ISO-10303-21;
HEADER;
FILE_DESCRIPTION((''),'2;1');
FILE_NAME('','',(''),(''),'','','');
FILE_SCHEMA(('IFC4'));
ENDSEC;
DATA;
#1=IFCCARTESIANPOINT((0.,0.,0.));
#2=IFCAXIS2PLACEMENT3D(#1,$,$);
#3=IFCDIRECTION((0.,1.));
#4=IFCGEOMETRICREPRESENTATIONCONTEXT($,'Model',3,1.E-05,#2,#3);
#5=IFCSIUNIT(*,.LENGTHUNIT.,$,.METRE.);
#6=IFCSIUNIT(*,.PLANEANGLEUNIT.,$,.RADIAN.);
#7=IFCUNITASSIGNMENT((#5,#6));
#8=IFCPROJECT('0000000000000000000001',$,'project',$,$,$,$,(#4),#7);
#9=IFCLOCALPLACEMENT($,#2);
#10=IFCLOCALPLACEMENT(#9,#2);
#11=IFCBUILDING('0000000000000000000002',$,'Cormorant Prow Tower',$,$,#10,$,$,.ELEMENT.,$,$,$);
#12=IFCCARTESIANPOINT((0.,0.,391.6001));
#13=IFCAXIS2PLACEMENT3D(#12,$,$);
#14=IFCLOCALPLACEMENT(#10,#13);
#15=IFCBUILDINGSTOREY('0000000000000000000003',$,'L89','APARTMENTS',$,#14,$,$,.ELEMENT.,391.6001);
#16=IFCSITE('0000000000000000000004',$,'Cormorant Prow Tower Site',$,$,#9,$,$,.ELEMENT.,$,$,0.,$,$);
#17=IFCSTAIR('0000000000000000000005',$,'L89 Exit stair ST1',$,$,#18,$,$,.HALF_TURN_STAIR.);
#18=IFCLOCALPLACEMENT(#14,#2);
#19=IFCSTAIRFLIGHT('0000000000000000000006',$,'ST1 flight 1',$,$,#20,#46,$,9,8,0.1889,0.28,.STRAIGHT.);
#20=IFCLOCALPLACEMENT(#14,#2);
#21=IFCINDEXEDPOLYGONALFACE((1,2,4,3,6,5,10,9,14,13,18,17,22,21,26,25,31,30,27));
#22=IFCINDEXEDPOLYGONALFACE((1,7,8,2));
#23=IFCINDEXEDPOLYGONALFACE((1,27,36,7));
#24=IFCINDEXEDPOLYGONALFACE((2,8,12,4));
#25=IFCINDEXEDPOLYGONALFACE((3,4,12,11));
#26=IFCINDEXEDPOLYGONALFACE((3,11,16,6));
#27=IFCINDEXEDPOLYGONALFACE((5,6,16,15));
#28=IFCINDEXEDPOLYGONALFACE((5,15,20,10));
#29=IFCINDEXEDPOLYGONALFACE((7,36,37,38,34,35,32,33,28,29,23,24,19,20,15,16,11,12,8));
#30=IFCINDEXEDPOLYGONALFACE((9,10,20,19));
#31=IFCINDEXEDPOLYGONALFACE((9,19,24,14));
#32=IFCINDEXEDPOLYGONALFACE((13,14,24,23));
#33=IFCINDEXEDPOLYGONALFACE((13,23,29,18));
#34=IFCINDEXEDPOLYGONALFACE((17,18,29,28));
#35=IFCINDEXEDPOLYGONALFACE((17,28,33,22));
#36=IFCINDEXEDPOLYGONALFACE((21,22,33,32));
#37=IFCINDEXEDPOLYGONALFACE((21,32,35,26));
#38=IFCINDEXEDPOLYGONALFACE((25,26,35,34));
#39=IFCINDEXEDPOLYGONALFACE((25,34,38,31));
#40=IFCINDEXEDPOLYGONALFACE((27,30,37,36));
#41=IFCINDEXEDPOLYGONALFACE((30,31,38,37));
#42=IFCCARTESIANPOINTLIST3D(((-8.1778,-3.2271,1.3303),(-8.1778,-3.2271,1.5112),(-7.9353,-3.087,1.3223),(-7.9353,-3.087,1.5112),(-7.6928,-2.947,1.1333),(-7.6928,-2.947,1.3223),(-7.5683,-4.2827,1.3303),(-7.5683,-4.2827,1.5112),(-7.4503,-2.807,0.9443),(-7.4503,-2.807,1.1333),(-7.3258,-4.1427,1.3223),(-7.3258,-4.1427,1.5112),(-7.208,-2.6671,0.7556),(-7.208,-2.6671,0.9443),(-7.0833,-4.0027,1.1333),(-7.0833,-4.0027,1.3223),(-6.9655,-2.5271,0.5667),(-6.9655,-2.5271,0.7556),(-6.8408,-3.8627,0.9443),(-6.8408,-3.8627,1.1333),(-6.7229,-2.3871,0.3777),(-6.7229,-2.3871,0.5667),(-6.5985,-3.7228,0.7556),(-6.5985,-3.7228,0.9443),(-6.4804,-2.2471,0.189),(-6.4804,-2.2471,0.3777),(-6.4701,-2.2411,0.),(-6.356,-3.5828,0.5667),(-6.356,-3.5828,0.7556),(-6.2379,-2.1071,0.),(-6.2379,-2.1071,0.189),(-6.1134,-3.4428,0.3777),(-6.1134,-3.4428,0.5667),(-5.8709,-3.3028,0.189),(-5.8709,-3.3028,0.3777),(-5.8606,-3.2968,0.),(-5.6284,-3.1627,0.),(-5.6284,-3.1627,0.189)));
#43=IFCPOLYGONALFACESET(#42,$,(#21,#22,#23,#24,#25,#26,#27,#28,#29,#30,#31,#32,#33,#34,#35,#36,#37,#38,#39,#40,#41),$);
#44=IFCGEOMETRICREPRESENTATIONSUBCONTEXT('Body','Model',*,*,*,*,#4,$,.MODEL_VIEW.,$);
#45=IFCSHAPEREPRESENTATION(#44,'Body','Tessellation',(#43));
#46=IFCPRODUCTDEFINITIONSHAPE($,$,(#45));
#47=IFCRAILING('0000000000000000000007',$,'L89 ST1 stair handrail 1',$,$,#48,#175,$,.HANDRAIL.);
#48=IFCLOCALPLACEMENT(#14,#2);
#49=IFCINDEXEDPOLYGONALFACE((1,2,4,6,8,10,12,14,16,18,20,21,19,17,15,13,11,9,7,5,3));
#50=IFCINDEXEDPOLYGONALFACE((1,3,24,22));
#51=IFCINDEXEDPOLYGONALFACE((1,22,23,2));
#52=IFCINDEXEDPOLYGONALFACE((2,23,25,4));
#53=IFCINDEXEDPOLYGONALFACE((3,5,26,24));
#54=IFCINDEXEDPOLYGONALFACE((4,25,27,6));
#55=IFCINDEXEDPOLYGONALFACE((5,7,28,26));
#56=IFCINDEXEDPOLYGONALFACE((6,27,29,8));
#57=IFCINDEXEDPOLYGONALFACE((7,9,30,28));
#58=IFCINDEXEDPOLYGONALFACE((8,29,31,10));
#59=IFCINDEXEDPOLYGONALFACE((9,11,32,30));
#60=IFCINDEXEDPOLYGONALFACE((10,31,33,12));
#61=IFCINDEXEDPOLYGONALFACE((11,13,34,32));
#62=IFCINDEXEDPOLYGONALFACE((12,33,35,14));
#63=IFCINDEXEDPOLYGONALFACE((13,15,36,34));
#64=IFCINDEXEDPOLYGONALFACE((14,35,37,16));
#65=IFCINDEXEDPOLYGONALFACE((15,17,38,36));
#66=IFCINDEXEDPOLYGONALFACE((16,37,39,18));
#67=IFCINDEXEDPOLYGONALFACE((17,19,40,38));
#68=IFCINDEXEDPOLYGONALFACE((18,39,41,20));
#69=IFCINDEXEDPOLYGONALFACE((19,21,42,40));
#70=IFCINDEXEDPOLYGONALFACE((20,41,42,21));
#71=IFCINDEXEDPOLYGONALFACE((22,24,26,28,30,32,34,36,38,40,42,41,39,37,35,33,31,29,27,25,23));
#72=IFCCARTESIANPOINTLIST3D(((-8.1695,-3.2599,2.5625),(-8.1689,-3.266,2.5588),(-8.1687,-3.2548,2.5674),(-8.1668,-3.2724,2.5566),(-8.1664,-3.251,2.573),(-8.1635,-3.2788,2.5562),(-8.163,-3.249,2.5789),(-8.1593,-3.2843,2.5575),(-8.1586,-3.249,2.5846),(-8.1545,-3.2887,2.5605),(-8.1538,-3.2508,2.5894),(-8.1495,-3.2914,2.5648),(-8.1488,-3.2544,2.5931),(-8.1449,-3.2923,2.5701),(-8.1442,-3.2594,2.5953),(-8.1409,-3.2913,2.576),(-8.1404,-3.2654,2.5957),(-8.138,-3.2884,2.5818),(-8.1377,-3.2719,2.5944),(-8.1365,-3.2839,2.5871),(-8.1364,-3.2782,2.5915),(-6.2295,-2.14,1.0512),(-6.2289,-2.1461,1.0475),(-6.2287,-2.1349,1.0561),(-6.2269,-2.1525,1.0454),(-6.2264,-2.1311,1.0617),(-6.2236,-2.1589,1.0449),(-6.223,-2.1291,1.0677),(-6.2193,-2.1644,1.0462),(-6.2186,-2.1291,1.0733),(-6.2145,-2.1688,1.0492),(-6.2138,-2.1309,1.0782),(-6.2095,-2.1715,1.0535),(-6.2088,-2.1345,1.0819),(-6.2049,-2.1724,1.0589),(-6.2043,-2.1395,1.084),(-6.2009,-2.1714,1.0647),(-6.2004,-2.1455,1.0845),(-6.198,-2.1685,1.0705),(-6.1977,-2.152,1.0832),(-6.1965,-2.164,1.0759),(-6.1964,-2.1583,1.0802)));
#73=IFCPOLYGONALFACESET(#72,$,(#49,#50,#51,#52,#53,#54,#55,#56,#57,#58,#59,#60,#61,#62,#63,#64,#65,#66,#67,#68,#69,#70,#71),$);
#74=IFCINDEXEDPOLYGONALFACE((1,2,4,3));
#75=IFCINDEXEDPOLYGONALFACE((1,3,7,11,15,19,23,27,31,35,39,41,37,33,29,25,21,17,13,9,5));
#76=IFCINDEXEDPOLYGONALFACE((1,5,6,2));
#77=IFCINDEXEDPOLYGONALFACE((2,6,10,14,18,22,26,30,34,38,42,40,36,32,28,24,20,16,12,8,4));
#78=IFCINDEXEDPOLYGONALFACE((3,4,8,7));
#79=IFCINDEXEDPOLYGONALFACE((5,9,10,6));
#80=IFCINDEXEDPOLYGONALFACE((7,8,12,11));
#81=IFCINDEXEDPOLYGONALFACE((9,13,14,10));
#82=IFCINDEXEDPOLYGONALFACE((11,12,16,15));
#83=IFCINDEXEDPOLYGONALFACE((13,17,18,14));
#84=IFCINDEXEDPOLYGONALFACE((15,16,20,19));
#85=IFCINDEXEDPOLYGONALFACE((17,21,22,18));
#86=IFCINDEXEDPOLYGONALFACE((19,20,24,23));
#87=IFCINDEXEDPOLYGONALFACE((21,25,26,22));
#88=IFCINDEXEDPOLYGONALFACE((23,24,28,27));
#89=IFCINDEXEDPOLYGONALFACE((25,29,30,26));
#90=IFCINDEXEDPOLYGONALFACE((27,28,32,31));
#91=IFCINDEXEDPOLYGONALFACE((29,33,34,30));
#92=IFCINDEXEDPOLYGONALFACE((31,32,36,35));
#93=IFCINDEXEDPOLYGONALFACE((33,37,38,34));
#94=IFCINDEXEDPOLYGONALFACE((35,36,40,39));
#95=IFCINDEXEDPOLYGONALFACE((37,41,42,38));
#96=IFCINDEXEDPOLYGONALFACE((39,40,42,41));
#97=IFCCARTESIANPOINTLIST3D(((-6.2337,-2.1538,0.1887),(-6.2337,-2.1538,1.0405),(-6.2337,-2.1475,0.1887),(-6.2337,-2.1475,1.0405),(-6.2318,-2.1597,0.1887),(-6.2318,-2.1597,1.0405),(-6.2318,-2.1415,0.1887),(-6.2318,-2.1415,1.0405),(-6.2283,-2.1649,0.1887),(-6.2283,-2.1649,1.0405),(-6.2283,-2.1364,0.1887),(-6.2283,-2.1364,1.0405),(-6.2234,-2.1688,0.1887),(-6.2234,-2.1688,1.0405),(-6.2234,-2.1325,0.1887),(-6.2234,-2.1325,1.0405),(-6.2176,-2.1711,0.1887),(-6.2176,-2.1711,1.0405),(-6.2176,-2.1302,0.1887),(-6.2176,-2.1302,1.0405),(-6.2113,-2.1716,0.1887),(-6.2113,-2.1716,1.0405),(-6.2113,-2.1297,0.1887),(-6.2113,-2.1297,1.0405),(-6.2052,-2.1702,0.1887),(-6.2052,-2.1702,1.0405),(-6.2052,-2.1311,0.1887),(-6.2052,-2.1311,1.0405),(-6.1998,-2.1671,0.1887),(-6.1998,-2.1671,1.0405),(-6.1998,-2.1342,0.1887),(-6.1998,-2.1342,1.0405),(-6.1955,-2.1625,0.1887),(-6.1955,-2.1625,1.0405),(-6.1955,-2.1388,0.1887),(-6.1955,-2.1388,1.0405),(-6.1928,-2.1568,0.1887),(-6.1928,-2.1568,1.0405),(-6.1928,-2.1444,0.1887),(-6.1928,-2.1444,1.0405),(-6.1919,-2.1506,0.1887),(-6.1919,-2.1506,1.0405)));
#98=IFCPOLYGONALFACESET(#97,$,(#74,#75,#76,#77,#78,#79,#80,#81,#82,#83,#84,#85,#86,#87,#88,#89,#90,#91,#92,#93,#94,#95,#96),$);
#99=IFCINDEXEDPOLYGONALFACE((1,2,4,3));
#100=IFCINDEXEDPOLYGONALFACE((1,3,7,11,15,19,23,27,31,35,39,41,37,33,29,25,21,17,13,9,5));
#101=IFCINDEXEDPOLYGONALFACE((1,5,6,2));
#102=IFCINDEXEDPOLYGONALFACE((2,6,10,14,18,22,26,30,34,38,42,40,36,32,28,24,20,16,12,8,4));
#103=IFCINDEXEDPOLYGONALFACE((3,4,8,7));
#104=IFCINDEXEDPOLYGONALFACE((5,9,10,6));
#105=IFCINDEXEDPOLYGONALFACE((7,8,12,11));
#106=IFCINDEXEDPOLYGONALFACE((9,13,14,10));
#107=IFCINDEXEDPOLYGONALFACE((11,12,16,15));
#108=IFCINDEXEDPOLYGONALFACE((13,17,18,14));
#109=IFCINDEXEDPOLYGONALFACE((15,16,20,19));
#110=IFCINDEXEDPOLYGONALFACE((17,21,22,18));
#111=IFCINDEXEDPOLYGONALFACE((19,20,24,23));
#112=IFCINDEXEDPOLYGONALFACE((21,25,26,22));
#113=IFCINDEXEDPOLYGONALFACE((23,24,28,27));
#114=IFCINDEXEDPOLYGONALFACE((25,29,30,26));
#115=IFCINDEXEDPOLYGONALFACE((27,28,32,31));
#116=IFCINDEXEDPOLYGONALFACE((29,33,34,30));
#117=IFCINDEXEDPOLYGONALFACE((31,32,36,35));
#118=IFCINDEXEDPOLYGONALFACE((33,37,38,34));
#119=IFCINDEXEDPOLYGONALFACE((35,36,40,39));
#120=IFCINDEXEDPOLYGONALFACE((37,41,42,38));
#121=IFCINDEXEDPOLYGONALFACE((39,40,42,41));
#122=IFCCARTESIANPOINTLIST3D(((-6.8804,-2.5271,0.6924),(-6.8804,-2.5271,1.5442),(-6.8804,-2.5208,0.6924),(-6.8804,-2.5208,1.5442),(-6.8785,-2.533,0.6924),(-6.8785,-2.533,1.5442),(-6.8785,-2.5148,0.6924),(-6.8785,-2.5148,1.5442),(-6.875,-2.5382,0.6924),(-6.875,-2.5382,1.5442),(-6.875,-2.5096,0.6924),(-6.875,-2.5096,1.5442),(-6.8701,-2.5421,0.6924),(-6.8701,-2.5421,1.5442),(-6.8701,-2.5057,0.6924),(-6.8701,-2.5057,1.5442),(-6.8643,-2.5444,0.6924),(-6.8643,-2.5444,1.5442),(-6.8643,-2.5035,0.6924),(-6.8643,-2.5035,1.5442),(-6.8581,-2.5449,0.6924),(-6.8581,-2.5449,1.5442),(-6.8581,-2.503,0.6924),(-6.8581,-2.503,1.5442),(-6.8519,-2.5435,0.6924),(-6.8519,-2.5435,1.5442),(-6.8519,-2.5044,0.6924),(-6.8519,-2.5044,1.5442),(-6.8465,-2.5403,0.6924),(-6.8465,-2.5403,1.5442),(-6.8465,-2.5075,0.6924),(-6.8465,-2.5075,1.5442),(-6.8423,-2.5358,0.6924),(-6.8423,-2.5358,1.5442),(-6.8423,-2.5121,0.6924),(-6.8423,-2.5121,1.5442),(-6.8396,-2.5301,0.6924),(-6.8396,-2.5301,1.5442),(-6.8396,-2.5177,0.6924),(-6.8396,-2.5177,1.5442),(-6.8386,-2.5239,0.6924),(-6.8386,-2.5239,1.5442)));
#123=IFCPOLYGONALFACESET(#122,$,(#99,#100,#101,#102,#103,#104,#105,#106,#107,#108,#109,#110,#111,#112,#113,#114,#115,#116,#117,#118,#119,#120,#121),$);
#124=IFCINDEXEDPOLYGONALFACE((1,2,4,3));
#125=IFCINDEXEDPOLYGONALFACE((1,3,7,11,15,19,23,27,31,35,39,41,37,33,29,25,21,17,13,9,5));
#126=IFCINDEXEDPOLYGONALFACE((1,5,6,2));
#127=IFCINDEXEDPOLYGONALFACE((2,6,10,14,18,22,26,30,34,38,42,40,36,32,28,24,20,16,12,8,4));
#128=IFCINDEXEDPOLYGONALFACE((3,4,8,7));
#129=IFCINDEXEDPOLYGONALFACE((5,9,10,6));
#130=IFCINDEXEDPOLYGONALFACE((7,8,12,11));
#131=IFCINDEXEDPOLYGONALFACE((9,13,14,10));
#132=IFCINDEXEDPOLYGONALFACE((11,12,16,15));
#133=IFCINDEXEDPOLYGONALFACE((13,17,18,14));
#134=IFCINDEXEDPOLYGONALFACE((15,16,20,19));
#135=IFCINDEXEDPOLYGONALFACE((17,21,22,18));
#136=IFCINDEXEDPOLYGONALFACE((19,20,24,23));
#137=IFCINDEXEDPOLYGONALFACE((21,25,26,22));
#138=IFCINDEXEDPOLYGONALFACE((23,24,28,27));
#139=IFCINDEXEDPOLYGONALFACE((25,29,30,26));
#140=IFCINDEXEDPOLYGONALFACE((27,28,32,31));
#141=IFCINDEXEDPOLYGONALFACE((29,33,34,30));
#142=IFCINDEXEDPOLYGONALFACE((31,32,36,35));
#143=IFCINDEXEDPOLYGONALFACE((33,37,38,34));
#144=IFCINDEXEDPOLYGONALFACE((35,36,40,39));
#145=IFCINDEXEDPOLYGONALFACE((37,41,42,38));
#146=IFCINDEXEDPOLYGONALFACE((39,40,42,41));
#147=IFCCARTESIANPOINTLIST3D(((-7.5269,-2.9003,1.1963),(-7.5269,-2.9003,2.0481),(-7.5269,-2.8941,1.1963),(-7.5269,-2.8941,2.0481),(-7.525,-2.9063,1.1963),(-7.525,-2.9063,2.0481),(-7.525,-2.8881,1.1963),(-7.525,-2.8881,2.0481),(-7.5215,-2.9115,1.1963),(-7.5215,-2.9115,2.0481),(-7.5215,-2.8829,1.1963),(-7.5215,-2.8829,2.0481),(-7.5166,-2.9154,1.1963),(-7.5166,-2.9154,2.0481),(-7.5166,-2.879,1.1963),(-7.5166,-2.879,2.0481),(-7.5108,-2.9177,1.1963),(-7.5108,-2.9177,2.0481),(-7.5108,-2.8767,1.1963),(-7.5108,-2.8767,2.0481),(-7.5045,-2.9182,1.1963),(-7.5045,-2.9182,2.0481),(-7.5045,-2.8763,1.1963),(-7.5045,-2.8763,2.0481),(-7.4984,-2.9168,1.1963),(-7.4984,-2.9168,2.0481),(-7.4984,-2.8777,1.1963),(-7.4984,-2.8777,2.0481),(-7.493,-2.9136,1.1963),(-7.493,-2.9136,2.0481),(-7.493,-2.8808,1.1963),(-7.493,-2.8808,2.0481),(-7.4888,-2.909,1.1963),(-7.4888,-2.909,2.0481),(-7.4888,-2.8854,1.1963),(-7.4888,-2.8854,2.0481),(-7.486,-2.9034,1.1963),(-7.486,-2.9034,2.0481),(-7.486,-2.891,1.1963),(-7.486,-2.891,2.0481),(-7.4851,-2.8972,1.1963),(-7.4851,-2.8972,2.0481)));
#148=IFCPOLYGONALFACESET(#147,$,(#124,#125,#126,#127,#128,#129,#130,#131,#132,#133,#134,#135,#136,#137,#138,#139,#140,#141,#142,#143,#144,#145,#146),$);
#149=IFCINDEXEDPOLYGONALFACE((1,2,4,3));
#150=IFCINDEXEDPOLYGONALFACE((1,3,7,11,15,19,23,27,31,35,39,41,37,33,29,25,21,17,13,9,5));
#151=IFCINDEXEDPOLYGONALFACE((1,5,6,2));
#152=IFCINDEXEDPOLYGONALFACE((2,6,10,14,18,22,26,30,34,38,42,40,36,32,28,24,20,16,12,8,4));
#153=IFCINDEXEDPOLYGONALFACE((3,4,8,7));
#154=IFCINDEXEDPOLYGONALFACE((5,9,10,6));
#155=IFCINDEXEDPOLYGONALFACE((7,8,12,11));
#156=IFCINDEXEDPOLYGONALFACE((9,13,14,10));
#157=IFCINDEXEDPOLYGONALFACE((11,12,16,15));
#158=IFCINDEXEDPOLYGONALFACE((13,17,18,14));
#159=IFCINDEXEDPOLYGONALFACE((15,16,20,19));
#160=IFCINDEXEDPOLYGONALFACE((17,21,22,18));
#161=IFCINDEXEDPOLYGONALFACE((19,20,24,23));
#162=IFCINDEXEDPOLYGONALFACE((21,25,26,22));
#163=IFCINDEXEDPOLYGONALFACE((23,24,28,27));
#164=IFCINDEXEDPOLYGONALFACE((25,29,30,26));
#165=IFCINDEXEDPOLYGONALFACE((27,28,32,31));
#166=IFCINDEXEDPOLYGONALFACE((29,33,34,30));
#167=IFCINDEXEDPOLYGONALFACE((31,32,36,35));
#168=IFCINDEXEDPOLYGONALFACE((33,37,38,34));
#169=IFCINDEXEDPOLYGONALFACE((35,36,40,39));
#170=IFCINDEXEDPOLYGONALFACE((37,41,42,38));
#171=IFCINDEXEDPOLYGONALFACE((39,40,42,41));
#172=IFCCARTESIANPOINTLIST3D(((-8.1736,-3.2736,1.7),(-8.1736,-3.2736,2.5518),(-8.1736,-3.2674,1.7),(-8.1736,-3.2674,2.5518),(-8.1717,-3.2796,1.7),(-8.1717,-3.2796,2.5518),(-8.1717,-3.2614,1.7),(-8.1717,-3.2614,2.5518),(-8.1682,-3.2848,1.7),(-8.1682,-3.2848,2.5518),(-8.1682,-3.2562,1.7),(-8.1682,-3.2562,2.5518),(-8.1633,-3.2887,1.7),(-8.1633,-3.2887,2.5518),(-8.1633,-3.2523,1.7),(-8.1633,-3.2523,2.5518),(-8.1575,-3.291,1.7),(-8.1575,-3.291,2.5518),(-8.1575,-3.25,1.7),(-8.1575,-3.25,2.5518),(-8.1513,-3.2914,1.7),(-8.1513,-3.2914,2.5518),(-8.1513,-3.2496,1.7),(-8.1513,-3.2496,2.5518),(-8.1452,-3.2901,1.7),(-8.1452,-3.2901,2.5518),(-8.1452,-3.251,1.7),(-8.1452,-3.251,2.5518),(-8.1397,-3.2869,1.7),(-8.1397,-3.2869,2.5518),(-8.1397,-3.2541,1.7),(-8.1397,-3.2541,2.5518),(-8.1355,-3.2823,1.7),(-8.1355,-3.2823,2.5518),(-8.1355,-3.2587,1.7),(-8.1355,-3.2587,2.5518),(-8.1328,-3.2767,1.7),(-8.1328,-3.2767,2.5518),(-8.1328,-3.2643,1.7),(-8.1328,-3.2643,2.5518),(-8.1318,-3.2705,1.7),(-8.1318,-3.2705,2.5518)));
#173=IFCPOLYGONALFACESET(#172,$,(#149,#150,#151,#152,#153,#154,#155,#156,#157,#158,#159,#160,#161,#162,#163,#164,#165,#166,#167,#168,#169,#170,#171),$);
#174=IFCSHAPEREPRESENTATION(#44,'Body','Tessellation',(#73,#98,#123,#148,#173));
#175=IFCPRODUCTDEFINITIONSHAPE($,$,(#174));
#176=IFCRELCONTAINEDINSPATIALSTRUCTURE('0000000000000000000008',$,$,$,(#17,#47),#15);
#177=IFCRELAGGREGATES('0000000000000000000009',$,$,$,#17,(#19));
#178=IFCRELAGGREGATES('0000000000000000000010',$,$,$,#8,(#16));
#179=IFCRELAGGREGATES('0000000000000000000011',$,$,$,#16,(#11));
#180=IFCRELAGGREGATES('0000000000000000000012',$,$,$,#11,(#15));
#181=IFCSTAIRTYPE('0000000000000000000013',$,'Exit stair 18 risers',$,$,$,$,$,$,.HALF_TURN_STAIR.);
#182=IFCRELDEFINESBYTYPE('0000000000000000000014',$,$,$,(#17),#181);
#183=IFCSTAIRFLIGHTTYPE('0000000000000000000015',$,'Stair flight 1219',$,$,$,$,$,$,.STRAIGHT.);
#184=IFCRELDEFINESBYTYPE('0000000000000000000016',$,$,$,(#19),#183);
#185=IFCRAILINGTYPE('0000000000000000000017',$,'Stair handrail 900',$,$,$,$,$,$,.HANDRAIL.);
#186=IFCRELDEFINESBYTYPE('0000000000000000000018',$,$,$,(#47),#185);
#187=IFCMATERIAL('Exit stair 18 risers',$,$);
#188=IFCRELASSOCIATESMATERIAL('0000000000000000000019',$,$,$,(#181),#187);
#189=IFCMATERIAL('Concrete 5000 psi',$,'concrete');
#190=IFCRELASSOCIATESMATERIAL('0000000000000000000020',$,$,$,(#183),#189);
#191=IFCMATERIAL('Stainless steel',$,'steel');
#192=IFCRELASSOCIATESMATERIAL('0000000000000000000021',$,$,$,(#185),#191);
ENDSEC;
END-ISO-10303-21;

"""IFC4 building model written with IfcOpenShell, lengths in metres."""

from ifc_helpers import new_model, si_unit, direction, frame, origin, origin_2d, place, context, subcontext, project, spatial, polyline, circle, outline, extrude, material, type_object, element, aggregate, save


model = new_model("IFC4")

# Units and contexts
model_context = context("Model", 3, precision=1e-05, world=origin(), true_north=direction((0.0, 1.0)))
body_context = subcontext(model_context, "Body", "Model", "MODEL_VIEW")
ifc_project = project(units=[si_unit("LENGTHUNIT", "METRE"), si_unit("PLANEANGLEUNIT", "RADIAN")], contexts=[model_context])

# Site, building, storey
site_placement = place(None, origin())
site = spatial("IfcSite", under=ifc_project, at=site_placement, Name="Cormorant Prow Tower Site", CompositionType="ELEMENT", RefElevation=0.0)
building_placement = place(site_placement, origin())
building = spatial("IfcBuilding", under=site, at=building_placement, Name="Cormorant Prow Tower", CompositionType="ELEMENT")
storey_placement = place(building_placement, frame((0.0, 0.0, 391.6001)))
storey = spatial("IfcBuildingStorey", under=building, at=storey_placement, Name="L89", Description="APARTMENTS", CompositionType="ELEMENT", Elevation=391.6001)

# Stair, stair flight
ifc_material_1 = material(Name="Exit stair 18 risers")
stair_type = type_object("IfcStairType", Name="Exit stair 18 risers", PredefinedType="HALF_TURN_STAIR", material=ifc_material_1)
stair_placement = place(storey_placement, origin())
stair = element("IfcStair", 1, at=stair_placement, inside=storey, type_object=stair_type, Name="L89 Exit stair ST1", PredefinedType="HALF_TURN_STAIR")
ifc_material_2 = material(Name="Concrete 5000 psi", Category="concrete")
stair_flight_type = type_object("IfcStairFlightType", Name="Stair flight 1219", PredefinedType="STRAIGHT", material=ifc_material_2)
stair_flight_placement = place(storey_placement, frame((-5.9331, -2.635, 0.0), z_axis=(0.0, 0.0, 1.0), x_axis=(-0.866025, -0.5, 0.0)))
stair_flight = element("IfcStairFlight", 2, at=stair_flight_placement, type_object=stair_flight_type, Name="ST1 flight 1", NumberOfRisers=9, NumberOfTreads=8, PredefinedType="STRAIGHT", RiserHeight=0.1889, TreadLength=0.28, context=body_context, shape_type="SweptSolid", body=[
    extrude(outline(polyline([(0.0, 0.0), (0.0, 0.189), (0.28, 0.189), (0.28, 0.3777), (0.5601, 0.3777), (0.5601, 0.5667), (0.8401, 0.5667), (0.8401, 0.7556), (1.1201, 0.7556), (1.1201, 0.9443), (1.3999, 0.9443), (1.3999, 1.1333), (1.6799, 1.1333), (1.6799, 1.3223), (1.96, 1.3223), (1.96, 1.5112), (2.24, 1.5112), (2.24, 1.7), (2.24, 1.3303), (0.2681, 0.0), (0.0, 0.0)])), frame((0.0, 0.6094, 0.0), z_axis=(0.0, -1.0, 0.0), x_axis=(1.0, 0.0, 0.0)), (0.0, 0.0, 1.0), 1.219),
])
aggregate(stair, [stair_flight])

# Railing
ifc_material_3 = material(Name="Stainless steel", Category="steel")
railing_type_1 = type_object("IfcRailingType", Name="Stair handrail 900", PredefinedType="HANDRAIL", material=ifc_material_3)
railing_1_placement = place(storey_placement, frame((-6.2129, -2.1506, 0.1887)))
element("IfcRailing", 3, at=railing_1_placement, inside=storey, type_object=railing_type_1, Name="L89 ST1 stair handrail 1", PredefinedType="HANDRAIL", context=body_context, shape_type="SweptSolid", body=[
    extrude(circle(Radius=0.0239, at=origin_2d()), frame((0.0, 0.0, 0.876), z_axis=(-0.71794, -0.414447, 0.559281), x_axis=(0.499949, -0.866055, 0.0)), (0.0, 0.0, 1.0), 2.7021),
    extrude(circle(Radius=0.021, at=origin_2d()), origin(), (0.0, 0.0, 1.0), 0.8518),
    extrude(circle(Radius=0.021, at=origin_2d()), frame((-0.6467, -0.3733, 0.5037)), (0.0, 0.0, 1.0), 0.8518),
    extrude(circle(Radius=0.021, at=origin_2d()), frame((-1.2932, -0.7466, 1.0076)), (0.0, 0.0, 1.0), 0.8518),
    extrude(circle(Radius=0.021, at=origin_2d()), frame((-1.9399, -1.1199, 1.5112)), (0.0, 0.0, 1.0), 0.8518),
])

save(model, "model.ifc")
